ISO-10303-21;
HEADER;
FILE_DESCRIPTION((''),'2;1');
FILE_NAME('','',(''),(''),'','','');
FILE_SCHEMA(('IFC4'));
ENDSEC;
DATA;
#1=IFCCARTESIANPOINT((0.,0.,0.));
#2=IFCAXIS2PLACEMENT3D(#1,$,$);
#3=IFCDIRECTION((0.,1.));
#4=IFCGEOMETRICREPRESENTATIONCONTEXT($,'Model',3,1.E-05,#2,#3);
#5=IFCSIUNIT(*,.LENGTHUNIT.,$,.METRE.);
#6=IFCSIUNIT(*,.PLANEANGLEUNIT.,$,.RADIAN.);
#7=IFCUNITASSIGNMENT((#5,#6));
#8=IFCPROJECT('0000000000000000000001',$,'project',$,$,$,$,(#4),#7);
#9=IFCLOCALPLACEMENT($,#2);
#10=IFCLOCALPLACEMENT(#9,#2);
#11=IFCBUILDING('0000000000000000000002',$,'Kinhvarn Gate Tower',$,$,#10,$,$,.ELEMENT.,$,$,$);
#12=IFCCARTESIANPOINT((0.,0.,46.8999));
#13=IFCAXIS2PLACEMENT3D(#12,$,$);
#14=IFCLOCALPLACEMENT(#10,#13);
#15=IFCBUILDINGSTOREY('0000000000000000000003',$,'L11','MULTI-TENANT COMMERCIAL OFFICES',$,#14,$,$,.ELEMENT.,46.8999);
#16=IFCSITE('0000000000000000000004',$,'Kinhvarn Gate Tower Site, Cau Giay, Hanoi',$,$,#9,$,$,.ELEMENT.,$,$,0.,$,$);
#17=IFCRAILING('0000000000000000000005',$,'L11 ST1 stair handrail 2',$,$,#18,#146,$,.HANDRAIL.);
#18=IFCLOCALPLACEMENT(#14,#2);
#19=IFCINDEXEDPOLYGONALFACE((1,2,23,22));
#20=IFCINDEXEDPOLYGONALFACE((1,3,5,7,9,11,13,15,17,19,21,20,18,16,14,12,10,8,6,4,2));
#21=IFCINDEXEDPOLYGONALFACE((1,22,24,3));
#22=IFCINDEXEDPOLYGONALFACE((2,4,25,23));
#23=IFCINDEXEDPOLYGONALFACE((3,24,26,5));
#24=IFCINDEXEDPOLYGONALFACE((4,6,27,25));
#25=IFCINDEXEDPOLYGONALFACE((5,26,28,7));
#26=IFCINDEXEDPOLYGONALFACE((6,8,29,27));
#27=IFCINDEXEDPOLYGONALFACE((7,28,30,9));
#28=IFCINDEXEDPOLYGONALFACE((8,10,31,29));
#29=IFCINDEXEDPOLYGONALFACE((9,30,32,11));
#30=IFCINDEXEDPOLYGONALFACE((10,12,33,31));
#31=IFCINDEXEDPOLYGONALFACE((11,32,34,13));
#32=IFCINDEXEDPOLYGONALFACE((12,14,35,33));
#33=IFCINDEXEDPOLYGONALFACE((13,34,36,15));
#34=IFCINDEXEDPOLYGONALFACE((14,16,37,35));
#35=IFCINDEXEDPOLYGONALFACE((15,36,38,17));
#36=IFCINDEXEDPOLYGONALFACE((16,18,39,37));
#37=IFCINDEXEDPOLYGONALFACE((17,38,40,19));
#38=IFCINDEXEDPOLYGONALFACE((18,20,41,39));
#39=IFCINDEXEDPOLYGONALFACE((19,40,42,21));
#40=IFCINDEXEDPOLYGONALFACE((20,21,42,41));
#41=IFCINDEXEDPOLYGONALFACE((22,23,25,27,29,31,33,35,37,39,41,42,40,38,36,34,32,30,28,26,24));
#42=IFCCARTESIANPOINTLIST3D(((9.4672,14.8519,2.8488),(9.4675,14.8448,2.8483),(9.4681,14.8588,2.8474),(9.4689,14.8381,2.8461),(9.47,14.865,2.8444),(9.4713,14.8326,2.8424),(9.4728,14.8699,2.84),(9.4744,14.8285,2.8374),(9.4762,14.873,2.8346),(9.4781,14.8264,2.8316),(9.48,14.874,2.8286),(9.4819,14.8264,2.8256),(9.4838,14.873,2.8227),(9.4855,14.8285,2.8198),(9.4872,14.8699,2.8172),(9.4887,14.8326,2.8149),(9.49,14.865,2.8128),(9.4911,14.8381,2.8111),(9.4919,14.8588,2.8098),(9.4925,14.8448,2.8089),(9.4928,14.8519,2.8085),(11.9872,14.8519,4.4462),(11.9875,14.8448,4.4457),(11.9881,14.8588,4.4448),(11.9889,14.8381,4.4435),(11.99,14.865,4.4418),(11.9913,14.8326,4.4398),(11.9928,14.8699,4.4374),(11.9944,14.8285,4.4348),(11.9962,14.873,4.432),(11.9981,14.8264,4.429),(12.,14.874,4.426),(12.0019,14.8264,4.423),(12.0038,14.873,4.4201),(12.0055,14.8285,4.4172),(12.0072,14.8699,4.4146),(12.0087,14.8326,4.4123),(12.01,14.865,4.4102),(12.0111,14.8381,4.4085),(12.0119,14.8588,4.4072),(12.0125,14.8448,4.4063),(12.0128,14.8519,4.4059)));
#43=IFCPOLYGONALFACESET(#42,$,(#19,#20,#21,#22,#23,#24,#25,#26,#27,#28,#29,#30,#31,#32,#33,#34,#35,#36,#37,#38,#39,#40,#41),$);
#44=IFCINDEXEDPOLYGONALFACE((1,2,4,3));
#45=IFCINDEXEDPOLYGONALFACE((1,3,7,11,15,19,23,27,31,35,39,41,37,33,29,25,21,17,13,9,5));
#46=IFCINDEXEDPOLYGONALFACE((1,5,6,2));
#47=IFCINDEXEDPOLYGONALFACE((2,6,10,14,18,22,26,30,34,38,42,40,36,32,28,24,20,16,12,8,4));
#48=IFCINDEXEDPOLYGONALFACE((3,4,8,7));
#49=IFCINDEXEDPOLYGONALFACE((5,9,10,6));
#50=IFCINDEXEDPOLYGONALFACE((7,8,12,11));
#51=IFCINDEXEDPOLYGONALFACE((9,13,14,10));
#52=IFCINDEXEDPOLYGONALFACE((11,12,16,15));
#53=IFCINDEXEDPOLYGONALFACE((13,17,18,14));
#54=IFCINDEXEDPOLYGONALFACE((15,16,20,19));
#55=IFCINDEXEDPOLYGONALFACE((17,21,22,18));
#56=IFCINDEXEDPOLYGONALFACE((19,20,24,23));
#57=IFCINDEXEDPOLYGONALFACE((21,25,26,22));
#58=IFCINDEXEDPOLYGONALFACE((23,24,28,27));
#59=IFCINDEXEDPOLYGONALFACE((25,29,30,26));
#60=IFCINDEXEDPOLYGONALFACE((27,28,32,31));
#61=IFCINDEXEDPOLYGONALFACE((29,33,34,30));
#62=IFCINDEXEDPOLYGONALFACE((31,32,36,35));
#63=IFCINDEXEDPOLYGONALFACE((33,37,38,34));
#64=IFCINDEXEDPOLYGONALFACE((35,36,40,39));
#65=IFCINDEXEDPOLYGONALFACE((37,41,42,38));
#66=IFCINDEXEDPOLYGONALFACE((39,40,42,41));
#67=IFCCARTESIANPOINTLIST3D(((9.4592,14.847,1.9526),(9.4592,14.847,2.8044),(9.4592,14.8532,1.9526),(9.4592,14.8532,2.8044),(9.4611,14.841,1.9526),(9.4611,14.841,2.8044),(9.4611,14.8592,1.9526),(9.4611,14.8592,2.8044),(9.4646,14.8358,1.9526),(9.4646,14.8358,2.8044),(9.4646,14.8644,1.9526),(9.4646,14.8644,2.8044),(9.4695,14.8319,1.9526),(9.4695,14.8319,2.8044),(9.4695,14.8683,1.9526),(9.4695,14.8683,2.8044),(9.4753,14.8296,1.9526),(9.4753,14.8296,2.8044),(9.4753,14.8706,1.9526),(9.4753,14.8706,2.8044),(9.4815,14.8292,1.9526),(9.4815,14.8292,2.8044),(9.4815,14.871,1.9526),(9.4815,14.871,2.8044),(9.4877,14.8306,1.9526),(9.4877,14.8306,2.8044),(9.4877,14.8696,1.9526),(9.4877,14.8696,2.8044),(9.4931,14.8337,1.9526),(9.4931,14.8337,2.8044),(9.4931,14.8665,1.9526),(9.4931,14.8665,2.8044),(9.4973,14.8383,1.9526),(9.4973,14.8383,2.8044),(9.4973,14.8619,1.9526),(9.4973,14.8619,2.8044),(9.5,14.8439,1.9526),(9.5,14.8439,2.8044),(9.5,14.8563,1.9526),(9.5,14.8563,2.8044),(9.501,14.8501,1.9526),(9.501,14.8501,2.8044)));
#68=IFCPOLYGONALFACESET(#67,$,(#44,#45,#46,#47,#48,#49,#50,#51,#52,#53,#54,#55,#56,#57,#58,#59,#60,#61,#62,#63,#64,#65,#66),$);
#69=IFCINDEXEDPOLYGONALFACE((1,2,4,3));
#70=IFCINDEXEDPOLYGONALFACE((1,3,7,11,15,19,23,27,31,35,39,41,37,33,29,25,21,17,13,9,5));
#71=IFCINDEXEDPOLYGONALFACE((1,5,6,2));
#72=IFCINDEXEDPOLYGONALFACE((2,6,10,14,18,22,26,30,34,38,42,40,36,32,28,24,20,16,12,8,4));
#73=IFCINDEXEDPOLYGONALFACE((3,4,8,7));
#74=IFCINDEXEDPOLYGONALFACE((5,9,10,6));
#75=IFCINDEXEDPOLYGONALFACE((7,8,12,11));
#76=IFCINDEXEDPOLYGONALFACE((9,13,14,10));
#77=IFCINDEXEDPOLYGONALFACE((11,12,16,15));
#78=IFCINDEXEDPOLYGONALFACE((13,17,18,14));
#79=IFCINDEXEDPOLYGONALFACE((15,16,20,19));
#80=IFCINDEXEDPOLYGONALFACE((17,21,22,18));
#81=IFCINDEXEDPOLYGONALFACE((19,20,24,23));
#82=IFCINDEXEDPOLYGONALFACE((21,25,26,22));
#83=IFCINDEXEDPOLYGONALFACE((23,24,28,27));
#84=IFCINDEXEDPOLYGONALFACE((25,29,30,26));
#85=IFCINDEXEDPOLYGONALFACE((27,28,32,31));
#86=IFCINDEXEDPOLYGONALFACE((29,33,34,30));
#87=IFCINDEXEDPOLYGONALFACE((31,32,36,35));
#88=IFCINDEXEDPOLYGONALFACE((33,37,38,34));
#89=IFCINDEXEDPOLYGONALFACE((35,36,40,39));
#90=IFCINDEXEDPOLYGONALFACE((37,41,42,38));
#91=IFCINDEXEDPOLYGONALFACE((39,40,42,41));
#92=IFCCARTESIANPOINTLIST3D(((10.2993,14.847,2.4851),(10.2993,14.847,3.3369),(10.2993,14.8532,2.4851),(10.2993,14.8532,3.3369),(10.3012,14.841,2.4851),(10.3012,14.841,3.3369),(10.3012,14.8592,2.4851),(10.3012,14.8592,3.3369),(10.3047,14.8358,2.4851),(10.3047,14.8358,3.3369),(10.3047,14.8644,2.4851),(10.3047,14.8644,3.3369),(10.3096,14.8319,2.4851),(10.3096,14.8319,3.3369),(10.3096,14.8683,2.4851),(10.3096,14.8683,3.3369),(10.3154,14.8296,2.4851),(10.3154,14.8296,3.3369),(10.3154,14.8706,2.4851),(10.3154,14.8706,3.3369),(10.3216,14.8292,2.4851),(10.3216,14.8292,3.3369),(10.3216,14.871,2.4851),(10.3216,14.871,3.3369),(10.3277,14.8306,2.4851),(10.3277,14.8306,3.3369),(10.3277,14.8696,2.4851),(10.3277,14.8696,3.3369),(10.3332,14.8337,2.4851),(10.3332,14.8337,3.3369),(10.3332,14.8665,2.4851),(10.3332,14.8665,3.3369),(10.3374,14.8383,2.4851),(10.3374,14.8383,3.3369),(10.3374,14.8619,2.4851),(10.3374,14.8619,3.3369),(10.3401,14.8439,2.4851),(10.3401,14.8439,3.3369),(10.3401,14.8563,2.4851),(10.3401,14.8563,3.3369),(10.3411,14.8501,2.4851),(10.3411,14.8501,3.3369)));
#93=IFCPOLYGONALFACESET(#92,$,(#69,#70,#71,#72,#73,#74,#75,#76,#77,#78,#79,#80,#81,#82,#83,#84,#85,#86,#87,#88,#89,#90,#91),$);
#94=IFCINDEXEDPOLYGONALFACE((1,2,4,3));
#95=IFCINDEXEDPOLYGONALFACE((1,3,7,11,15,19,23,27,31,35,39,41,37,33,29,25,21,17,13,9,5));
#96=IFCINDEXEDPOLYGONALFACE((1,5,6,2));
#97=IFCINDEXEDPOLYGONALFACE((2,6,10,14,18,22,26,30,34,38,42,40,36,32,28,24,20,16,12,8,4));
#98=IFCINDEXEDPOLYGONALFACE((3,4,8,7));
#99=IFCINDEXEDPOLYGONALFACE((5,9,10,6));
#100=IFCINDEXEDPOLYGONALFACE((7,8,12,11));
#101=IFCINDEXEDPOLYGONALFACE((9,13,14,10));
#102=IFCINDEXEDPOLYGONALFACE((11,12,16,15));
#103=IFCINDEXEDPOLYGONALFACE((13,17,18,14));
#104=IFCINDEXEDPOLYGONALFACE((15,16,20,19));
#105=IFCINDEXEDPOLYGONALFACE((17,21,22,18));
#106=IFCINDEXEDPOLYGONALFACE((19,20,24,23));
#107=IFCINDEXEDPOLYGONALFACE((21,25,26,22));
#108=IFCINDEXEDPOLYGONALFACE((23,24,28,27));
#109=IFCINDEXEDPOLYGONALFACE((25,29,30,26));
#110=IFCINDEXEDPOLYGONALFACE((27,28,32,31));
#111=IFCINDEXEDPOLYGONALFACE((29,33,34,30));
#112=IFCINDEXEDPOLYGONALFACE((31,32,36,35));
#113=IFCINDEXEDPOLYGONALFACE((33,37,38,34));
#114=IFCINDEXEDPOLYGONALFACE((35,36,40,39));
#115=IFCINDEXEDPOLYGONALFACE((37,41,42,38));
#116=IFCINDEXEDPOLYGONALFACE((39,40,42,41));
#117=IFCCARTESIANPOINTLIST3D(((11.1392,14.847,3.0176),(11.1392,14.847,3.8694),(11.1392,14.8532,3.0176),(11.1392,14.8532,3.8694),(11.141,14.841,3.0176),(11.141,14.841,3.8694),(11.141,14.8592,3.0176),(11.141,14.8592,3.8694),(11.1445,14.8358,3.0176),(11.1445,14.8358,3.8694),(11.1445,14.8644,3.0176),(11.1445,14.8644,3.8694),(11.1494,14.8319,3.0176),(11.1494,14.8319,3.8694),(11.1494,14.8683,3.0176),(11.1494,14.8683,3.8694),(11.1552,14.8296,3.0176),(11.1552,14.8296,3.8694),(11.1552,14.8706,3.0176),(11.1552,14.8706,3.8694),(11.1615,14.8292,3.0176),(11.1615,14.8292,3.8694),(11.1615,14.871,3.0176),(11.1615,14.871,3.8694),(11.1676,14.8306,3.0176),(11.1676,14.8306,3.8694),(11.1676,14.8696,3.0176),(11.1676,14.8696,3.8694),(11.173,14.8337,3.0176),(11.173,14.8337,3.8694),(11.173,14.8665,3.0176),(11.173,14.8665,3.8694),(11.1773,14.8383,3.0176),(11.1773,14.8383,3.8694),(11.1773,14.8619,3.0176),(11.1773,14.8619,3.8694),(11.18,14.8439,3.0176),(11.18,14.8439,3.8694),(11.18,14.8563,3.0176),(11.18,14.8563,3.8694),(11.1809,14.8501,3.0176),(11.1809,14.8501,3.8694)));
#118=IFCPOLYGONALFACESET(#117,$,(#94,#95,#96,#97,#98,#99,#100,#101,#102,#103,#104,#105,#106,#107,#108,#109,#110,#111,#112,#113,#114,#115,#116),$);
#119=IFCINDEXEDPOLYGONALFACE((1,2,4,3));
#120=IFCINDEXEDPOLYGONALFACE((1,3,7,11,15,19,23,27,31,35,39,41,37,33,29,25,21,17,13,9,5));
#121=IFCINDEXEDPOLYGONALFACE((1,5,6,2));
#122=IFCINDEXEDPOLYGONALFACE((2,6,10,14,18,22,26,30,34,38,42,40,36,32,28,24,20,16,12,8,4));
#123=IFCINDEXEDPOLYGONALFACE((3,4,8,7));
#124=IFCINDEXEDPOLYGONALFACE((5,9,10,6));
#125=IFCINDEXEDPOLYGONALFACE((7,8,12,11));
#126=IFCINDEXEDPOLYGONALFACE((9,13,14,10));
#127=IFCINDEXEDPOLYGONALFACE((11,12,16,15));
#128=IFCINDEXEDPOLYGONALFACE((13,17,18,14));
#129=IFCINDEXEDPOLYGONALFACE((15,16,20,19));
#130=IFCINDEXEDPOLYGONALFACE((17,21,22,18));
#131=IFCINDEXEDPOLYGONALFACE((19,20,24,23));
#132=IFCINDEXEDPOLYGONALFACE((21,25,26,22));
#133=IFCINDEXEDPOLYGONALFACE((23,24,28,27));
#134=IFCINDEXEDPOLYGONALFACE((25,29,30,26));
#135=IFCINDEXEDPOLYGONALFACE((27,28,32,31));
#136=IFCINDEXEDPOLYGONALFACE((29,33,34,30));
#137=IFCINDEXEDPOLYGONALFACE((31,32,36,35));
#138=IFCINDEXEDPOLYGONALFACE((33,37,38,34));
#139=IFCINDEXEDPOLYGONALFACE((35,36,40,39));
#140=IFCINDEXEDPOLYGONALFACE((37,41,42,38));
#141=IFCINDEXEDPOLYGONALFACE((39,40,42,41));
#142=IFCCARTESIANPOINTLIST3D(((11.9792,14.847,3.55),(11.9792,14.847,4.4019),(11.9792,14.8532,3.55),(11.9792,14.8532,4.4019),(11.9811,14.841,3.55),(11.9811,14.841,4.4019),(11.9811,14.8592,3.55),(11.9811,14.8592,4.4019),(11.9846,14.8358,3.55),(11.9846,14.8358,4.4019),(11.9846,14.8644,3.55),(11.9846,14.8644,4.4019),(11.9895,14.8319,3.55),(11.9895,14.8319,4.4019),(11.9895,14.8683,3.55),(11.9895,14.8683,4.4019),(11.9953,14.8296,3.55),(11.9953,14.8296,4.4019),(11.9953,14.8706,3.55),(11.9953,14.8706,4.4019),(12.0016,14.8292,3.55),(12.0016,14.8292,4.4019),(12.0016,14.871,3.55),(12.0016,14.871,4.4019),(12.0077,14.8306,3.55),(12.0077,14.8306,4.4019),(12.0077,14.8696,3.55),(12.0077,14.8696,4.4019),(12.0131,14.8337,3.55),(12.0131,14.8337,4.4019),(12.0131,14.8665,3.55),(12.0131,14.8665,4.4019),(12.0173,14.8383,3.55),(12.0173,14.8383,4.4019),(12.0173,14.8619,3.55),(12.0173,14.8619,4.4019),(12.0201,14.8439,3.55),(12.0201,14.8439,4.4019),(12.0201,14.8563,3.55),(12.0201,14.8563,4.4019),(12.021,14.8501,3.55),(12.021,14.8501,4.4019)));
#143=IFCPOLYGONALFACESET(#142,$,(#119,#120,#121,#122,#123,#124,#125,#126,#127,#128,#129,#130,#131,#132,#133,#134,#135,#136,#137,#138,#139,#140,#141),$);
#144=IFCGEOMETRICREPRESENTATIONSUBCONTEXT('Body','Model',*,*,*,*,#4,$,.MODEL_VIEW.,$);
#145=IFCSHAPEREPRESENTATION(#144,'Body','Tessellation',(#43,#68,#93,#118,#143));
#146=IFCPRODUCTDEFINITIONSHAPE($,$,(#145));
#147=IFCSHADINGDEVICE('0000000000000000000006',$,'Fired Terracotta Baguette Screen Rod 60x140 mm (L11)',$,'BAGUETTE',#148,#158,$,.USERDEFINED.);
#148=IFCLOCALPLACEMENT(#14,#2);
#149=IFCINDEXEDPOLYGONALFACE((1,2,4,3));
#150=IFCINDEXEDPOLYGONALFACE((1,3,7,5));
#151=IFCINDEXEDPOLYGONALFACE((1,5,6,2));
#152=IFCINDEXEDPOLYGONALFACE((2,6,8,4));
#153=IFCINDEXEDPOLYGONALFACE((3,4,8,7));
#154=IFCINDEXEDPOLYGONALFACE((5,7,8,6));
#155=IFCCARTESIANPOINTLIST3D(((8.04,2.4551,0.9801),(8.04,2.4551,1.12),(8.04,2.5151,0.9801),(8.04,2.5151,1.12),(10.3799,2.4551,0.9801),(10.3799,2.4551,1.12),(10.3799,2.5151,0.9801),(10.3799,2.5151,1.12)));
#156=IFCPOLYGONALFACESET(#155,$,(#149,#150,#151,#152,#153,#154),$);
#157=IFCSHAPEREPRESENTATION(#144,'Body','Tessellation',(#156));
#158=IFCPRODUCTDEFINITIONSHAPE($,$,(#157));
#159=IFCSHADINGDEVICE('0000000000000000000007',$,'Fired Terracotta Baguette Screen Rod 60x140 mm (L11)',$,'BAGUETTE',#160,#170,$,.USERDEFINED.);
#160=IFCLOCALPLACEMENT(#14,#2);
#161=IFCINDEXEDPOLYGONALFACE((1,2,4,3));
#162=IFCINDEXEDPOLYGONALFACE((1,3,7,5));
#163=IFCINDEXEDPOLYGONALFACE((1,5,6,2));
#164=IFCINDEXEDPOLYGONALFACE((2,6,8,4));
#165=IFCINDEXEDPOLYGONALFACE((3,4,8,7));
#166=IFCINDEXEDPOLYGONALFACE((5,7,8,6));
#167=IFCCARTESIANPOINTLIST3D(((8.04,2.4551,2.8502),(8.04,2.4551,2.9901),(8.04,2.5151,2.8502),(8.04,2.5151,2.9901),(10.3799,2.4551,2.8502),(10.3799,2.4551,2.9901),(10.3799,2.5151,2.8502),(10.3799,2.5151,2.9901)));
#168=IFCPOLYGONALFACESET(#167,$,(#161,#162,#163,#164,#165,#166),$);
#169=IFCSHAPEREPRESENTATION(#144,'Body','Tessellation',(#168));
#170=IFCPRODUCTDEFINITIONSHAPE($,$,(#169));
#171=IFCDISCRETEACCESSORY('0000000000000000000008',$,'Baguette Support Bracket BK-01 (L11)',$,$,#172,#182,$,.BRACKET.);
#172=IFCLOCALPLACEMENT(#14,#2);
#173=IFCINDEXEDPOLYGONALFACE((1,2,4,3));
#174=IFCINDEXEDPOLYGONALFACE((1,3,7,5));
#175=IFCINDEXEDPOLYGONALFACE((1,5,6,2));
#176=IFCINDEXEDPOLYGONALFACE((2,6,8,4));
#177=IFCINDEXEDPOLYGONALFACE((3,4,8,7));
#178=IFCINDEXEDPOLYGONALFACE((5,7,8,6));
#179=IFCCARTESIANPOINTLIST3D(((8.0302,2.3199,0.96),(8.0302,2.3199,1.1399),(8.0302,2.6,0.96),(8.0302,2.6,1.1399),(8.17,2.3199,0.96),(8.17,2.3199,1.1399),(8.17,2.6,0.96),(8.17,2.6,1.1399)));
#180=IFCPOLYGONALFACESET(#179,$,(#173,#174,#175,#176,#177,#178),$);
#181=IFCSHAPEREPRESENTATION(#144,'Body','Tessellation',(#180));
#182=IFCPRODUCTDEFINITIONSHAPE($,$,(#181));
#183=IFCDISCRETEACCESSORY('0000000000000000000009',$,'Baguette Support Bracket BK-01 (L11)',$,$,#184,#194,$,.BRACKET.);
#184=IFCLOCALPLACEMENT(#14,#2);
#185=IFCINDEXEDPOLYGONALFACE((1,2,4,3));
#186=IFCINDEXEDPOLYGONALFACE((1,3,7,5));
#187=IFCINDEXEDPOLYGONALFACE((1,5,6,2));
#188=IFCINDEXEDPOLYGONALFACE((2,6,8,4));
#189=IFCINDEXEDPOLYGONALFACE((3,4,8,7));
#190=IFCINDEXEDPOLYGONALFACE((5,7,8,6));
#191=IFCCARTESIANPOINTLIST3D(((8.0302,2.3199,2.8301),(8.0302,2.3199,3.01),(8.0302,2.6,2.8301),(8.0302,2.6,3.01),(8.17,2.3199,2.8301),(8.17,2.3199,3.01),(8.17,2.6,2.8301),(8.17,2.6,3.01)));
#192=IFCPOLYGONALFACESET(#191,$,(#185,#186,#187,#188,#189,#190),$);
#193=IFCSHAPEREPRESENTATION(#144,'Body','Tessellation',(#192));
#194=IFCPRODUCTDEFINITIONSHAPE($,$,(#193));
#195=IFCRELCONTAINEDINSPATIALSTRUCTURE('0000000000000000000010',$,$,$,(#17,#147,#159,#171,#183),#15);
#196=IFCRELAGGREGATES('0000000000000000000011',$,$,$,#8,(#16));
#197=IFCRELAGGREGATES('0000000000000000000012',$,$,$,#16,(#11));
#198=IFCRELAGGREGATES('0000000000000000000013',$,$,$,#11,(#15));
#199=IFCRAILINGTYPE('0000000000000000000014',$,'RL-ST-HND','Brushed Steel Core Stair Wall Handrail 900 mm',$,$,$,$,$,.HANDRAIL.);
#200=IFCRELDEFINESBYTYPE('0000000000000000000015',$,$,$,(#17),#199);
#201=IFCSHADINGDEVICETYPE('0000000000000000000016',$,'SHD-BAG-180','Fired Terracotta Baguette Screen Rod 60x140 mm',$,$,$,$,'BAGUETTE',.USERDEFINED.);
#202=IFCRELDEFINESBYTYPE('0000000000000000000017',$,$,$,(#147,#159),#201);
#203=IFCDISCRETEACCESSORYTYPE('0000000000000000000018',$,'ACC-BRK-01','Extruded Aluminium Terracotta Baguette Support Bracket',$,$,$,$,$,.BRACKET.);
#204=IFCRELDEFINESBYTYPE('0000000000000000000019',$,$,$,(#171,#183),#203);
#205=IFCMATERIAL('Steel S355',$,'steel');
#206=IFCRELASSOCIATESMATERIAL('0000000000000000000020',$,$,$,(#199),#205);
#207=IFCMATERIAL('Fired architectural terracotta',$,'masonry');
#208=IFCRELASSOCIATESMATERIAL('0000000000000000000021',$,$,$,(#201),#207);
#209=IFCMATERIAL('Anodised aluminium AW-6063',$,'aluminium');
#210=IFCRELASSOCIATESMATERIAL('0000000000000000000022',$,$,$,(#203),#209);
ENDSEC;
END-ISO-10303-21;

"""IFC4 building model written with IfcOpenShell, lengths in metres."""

from ifc_helpers import new_model, si_unit, direction, frame, origin, origin_2d, place, context, subcontext, project, spatial, rectangle, circle, extrude, material, material_profile, profile_set, type_object, element, save


model = new_model("IFC4")

# Units and contexts
model_context = context("Model", 3, precision=1e-05, world=origin(), true_north=direction((0.0, 1.0)))
body_context = subcontext(model_context, "Body", "Model", "MODEL_VIEW")
ifc_project = project(units=[si_unit("LENGTHUNIT", "METRE"), si_unit("PLANEANGLEUNIT", "RADIAN")], contexts=[model_context])

# Site, building, storey
site_placement = place(None, origin())
site = spatial("IfcSite", under=ifc_project, at=site_placement, Name="Kinhvarn Gate Tower Site, Cau Giay, Hanoi", CompositionType="ELEMENT", RefElevation=0.0)
building_placement = place(site_placement, origin())
building = spatial("IfcBuilding", under=site, at=building_placement, Name="Kinhvarn Gate Tower", CompositionType="ELEMENT")
storey_placement = place(building_placement, frame((0.0, 0.0, 46.8999)))
storey = spatial("IfcBuildingStorey", under=building, at=storey_placement, Name="L11", Description="MULTI-TENANT COMMERCIAL OFFICES", CompositionType="ELEMENT", Elevation=46.8999)

# Shared definitions
ifc_material_1 = material(Name="Anodised aluminium AW-6063", Category="aluminium")

# Shared definitions
ifc_material_2 = material(Name="Steel S355", Category="steel")

# Shared definitions
ifc_material_3 = material(Name="Fired architectural terracotta", Category="masonry")

# Railing
railing_type_1 = type_object("IfcRailingType", Name="RL-ST-HND", Description="Brushed Steel Core Stair Wall Handrail 900 mm", PredefinedType="HANDRAIL", material=ifc_material_2)
railing_1_placement = place(storey_placement, frame((9.48, 14.8501, 1.9526)))
element("IfcRailing", 1, at=railing_1_placement, inside=storey, type_object=railing_type_1, Name="L11 ST1 stair handrail 2", PredefinedType="HANDRAIL", context=body_context, shape_type="SweptSolid", body=[
    extrude(circle(Radius=0.0239, at=origin_2d()), frame((0.0, 0.0, 0.876), z_axis=(0.844607, 0.0, 0.535387), x_axis=(0.0, 1.0, 0.0)), (0.0, 0.0, 1.0), 2.9836),
    extrude(circle(Radius=0.021, at=origin_2d()), origin(), (0.0, 0.0, 1.0), 0.8518),
    extrude(circle(Radius=0.021, at=origin_2d()), frame((0.8401, 0.0, 0.5325)), (0.0, 0.0, 1.0), 0.8518),
    extrude(circle(Radius=0.021, at=origin_2d()), frame((1.6799, 0.0, 1.0649)), (0.0, 0.0, 1.0), 0.8518),
    extrude(circle(Radius=0.021, at=origin_2d()), frame((2.52, 0.0, 1.5974)), (0.0, 0.0, 1.0), 0.8518),
])

# Shading devices
ifc_material_profile_1 = material_profile(ifc_material_3, rectangle(XDim=0.0601, YDim=0.1399, at=origin_2d()), Name="TC 60x140")
ifc_profile_set_1 = profile_set([ifc_material_profile_1], Name="Fired architectural terracotta")
shading_device_type = type_object("IfcShadingDeviceType", Name="SHD-BAG-180", Description="Fired Terracotta Baguette Screen Rod 60x140 mm", ElementType="BAGUETTE", PredefinedType="USERDEFINED", material=ifc_profile_set_1)
for number, where, z_axis, x_axis, name in (
    (2, (8.04, 2.4851, 1.05), (1.0, 0.0, 0.0), (0.0, 1.0, 0.0), "Fired Terracotta Baguette Screen Rod 60x140 mm (L11)"),
    (3, (8.04, 2.4851, 2.9202), (1.0, 0.0, 0.0), (0.0, 1.0, 0.0), "Fired Terracotta Baguette Screen Rod 60x140 mm (L11)"),
):
    element("IfcShadingDevice", number, at=place(storey_placement, frame(where, z_axis=z_axis, x_axis=x_axis)), inside=storey, type_object=shading_device_type, Name=name, ObjectType="BAGUETTE", PredefinedType="USERDEFINED", context=body_context, shape_type="SweptSolid", body=[
        extrude(rectangle(XDim=0.0601, YDim=0.1399, at=origin_2d()), origin(), (0.0, 0.0, 1.0), 2.3398),
    ])

# Discrete accessories
discrete_accessory_type = type_object("IfcDiscreteAccessoryType", Name="ACC-BRK-01", Description="Extruded Aluminium Terracotta Baguette Support Bracket", PredefinedType="BRACKET", material=ifc_material_1)
for number, where, z_axis, x_axis, name in (
    (4, (8.1001, 2.46, 0.96), (0.0, 0.0, 1.0), (1.0, 0.0, 0.0), "Baguette Support Bracket BK-01 (L11)"),
    (5, (8.1001, 2.46, 2.8301), (0.0, 0.0, 1.0), (1.0, 0.0, 0.0), "Baguette Support Bracket BK-01 (L11)"),
):
    element("IfcDiscreteAccessory", number, at=place(storey_placement, frame(where, z_axis=z_axis, x_axis=x_axis)), inside=storey, type_object=discrete_accessory_type, Name=name, PredefinedType="BRACKET", context=body_context, shape_type="SweptSolid", body=[
        extrude(rectangle(XDim=0.1399, YDim=0.28, at=origin_2d()), origin(), (0.0, 0.0, 1.0), 0.1799),
    ])

save(model, "model.ifc")
